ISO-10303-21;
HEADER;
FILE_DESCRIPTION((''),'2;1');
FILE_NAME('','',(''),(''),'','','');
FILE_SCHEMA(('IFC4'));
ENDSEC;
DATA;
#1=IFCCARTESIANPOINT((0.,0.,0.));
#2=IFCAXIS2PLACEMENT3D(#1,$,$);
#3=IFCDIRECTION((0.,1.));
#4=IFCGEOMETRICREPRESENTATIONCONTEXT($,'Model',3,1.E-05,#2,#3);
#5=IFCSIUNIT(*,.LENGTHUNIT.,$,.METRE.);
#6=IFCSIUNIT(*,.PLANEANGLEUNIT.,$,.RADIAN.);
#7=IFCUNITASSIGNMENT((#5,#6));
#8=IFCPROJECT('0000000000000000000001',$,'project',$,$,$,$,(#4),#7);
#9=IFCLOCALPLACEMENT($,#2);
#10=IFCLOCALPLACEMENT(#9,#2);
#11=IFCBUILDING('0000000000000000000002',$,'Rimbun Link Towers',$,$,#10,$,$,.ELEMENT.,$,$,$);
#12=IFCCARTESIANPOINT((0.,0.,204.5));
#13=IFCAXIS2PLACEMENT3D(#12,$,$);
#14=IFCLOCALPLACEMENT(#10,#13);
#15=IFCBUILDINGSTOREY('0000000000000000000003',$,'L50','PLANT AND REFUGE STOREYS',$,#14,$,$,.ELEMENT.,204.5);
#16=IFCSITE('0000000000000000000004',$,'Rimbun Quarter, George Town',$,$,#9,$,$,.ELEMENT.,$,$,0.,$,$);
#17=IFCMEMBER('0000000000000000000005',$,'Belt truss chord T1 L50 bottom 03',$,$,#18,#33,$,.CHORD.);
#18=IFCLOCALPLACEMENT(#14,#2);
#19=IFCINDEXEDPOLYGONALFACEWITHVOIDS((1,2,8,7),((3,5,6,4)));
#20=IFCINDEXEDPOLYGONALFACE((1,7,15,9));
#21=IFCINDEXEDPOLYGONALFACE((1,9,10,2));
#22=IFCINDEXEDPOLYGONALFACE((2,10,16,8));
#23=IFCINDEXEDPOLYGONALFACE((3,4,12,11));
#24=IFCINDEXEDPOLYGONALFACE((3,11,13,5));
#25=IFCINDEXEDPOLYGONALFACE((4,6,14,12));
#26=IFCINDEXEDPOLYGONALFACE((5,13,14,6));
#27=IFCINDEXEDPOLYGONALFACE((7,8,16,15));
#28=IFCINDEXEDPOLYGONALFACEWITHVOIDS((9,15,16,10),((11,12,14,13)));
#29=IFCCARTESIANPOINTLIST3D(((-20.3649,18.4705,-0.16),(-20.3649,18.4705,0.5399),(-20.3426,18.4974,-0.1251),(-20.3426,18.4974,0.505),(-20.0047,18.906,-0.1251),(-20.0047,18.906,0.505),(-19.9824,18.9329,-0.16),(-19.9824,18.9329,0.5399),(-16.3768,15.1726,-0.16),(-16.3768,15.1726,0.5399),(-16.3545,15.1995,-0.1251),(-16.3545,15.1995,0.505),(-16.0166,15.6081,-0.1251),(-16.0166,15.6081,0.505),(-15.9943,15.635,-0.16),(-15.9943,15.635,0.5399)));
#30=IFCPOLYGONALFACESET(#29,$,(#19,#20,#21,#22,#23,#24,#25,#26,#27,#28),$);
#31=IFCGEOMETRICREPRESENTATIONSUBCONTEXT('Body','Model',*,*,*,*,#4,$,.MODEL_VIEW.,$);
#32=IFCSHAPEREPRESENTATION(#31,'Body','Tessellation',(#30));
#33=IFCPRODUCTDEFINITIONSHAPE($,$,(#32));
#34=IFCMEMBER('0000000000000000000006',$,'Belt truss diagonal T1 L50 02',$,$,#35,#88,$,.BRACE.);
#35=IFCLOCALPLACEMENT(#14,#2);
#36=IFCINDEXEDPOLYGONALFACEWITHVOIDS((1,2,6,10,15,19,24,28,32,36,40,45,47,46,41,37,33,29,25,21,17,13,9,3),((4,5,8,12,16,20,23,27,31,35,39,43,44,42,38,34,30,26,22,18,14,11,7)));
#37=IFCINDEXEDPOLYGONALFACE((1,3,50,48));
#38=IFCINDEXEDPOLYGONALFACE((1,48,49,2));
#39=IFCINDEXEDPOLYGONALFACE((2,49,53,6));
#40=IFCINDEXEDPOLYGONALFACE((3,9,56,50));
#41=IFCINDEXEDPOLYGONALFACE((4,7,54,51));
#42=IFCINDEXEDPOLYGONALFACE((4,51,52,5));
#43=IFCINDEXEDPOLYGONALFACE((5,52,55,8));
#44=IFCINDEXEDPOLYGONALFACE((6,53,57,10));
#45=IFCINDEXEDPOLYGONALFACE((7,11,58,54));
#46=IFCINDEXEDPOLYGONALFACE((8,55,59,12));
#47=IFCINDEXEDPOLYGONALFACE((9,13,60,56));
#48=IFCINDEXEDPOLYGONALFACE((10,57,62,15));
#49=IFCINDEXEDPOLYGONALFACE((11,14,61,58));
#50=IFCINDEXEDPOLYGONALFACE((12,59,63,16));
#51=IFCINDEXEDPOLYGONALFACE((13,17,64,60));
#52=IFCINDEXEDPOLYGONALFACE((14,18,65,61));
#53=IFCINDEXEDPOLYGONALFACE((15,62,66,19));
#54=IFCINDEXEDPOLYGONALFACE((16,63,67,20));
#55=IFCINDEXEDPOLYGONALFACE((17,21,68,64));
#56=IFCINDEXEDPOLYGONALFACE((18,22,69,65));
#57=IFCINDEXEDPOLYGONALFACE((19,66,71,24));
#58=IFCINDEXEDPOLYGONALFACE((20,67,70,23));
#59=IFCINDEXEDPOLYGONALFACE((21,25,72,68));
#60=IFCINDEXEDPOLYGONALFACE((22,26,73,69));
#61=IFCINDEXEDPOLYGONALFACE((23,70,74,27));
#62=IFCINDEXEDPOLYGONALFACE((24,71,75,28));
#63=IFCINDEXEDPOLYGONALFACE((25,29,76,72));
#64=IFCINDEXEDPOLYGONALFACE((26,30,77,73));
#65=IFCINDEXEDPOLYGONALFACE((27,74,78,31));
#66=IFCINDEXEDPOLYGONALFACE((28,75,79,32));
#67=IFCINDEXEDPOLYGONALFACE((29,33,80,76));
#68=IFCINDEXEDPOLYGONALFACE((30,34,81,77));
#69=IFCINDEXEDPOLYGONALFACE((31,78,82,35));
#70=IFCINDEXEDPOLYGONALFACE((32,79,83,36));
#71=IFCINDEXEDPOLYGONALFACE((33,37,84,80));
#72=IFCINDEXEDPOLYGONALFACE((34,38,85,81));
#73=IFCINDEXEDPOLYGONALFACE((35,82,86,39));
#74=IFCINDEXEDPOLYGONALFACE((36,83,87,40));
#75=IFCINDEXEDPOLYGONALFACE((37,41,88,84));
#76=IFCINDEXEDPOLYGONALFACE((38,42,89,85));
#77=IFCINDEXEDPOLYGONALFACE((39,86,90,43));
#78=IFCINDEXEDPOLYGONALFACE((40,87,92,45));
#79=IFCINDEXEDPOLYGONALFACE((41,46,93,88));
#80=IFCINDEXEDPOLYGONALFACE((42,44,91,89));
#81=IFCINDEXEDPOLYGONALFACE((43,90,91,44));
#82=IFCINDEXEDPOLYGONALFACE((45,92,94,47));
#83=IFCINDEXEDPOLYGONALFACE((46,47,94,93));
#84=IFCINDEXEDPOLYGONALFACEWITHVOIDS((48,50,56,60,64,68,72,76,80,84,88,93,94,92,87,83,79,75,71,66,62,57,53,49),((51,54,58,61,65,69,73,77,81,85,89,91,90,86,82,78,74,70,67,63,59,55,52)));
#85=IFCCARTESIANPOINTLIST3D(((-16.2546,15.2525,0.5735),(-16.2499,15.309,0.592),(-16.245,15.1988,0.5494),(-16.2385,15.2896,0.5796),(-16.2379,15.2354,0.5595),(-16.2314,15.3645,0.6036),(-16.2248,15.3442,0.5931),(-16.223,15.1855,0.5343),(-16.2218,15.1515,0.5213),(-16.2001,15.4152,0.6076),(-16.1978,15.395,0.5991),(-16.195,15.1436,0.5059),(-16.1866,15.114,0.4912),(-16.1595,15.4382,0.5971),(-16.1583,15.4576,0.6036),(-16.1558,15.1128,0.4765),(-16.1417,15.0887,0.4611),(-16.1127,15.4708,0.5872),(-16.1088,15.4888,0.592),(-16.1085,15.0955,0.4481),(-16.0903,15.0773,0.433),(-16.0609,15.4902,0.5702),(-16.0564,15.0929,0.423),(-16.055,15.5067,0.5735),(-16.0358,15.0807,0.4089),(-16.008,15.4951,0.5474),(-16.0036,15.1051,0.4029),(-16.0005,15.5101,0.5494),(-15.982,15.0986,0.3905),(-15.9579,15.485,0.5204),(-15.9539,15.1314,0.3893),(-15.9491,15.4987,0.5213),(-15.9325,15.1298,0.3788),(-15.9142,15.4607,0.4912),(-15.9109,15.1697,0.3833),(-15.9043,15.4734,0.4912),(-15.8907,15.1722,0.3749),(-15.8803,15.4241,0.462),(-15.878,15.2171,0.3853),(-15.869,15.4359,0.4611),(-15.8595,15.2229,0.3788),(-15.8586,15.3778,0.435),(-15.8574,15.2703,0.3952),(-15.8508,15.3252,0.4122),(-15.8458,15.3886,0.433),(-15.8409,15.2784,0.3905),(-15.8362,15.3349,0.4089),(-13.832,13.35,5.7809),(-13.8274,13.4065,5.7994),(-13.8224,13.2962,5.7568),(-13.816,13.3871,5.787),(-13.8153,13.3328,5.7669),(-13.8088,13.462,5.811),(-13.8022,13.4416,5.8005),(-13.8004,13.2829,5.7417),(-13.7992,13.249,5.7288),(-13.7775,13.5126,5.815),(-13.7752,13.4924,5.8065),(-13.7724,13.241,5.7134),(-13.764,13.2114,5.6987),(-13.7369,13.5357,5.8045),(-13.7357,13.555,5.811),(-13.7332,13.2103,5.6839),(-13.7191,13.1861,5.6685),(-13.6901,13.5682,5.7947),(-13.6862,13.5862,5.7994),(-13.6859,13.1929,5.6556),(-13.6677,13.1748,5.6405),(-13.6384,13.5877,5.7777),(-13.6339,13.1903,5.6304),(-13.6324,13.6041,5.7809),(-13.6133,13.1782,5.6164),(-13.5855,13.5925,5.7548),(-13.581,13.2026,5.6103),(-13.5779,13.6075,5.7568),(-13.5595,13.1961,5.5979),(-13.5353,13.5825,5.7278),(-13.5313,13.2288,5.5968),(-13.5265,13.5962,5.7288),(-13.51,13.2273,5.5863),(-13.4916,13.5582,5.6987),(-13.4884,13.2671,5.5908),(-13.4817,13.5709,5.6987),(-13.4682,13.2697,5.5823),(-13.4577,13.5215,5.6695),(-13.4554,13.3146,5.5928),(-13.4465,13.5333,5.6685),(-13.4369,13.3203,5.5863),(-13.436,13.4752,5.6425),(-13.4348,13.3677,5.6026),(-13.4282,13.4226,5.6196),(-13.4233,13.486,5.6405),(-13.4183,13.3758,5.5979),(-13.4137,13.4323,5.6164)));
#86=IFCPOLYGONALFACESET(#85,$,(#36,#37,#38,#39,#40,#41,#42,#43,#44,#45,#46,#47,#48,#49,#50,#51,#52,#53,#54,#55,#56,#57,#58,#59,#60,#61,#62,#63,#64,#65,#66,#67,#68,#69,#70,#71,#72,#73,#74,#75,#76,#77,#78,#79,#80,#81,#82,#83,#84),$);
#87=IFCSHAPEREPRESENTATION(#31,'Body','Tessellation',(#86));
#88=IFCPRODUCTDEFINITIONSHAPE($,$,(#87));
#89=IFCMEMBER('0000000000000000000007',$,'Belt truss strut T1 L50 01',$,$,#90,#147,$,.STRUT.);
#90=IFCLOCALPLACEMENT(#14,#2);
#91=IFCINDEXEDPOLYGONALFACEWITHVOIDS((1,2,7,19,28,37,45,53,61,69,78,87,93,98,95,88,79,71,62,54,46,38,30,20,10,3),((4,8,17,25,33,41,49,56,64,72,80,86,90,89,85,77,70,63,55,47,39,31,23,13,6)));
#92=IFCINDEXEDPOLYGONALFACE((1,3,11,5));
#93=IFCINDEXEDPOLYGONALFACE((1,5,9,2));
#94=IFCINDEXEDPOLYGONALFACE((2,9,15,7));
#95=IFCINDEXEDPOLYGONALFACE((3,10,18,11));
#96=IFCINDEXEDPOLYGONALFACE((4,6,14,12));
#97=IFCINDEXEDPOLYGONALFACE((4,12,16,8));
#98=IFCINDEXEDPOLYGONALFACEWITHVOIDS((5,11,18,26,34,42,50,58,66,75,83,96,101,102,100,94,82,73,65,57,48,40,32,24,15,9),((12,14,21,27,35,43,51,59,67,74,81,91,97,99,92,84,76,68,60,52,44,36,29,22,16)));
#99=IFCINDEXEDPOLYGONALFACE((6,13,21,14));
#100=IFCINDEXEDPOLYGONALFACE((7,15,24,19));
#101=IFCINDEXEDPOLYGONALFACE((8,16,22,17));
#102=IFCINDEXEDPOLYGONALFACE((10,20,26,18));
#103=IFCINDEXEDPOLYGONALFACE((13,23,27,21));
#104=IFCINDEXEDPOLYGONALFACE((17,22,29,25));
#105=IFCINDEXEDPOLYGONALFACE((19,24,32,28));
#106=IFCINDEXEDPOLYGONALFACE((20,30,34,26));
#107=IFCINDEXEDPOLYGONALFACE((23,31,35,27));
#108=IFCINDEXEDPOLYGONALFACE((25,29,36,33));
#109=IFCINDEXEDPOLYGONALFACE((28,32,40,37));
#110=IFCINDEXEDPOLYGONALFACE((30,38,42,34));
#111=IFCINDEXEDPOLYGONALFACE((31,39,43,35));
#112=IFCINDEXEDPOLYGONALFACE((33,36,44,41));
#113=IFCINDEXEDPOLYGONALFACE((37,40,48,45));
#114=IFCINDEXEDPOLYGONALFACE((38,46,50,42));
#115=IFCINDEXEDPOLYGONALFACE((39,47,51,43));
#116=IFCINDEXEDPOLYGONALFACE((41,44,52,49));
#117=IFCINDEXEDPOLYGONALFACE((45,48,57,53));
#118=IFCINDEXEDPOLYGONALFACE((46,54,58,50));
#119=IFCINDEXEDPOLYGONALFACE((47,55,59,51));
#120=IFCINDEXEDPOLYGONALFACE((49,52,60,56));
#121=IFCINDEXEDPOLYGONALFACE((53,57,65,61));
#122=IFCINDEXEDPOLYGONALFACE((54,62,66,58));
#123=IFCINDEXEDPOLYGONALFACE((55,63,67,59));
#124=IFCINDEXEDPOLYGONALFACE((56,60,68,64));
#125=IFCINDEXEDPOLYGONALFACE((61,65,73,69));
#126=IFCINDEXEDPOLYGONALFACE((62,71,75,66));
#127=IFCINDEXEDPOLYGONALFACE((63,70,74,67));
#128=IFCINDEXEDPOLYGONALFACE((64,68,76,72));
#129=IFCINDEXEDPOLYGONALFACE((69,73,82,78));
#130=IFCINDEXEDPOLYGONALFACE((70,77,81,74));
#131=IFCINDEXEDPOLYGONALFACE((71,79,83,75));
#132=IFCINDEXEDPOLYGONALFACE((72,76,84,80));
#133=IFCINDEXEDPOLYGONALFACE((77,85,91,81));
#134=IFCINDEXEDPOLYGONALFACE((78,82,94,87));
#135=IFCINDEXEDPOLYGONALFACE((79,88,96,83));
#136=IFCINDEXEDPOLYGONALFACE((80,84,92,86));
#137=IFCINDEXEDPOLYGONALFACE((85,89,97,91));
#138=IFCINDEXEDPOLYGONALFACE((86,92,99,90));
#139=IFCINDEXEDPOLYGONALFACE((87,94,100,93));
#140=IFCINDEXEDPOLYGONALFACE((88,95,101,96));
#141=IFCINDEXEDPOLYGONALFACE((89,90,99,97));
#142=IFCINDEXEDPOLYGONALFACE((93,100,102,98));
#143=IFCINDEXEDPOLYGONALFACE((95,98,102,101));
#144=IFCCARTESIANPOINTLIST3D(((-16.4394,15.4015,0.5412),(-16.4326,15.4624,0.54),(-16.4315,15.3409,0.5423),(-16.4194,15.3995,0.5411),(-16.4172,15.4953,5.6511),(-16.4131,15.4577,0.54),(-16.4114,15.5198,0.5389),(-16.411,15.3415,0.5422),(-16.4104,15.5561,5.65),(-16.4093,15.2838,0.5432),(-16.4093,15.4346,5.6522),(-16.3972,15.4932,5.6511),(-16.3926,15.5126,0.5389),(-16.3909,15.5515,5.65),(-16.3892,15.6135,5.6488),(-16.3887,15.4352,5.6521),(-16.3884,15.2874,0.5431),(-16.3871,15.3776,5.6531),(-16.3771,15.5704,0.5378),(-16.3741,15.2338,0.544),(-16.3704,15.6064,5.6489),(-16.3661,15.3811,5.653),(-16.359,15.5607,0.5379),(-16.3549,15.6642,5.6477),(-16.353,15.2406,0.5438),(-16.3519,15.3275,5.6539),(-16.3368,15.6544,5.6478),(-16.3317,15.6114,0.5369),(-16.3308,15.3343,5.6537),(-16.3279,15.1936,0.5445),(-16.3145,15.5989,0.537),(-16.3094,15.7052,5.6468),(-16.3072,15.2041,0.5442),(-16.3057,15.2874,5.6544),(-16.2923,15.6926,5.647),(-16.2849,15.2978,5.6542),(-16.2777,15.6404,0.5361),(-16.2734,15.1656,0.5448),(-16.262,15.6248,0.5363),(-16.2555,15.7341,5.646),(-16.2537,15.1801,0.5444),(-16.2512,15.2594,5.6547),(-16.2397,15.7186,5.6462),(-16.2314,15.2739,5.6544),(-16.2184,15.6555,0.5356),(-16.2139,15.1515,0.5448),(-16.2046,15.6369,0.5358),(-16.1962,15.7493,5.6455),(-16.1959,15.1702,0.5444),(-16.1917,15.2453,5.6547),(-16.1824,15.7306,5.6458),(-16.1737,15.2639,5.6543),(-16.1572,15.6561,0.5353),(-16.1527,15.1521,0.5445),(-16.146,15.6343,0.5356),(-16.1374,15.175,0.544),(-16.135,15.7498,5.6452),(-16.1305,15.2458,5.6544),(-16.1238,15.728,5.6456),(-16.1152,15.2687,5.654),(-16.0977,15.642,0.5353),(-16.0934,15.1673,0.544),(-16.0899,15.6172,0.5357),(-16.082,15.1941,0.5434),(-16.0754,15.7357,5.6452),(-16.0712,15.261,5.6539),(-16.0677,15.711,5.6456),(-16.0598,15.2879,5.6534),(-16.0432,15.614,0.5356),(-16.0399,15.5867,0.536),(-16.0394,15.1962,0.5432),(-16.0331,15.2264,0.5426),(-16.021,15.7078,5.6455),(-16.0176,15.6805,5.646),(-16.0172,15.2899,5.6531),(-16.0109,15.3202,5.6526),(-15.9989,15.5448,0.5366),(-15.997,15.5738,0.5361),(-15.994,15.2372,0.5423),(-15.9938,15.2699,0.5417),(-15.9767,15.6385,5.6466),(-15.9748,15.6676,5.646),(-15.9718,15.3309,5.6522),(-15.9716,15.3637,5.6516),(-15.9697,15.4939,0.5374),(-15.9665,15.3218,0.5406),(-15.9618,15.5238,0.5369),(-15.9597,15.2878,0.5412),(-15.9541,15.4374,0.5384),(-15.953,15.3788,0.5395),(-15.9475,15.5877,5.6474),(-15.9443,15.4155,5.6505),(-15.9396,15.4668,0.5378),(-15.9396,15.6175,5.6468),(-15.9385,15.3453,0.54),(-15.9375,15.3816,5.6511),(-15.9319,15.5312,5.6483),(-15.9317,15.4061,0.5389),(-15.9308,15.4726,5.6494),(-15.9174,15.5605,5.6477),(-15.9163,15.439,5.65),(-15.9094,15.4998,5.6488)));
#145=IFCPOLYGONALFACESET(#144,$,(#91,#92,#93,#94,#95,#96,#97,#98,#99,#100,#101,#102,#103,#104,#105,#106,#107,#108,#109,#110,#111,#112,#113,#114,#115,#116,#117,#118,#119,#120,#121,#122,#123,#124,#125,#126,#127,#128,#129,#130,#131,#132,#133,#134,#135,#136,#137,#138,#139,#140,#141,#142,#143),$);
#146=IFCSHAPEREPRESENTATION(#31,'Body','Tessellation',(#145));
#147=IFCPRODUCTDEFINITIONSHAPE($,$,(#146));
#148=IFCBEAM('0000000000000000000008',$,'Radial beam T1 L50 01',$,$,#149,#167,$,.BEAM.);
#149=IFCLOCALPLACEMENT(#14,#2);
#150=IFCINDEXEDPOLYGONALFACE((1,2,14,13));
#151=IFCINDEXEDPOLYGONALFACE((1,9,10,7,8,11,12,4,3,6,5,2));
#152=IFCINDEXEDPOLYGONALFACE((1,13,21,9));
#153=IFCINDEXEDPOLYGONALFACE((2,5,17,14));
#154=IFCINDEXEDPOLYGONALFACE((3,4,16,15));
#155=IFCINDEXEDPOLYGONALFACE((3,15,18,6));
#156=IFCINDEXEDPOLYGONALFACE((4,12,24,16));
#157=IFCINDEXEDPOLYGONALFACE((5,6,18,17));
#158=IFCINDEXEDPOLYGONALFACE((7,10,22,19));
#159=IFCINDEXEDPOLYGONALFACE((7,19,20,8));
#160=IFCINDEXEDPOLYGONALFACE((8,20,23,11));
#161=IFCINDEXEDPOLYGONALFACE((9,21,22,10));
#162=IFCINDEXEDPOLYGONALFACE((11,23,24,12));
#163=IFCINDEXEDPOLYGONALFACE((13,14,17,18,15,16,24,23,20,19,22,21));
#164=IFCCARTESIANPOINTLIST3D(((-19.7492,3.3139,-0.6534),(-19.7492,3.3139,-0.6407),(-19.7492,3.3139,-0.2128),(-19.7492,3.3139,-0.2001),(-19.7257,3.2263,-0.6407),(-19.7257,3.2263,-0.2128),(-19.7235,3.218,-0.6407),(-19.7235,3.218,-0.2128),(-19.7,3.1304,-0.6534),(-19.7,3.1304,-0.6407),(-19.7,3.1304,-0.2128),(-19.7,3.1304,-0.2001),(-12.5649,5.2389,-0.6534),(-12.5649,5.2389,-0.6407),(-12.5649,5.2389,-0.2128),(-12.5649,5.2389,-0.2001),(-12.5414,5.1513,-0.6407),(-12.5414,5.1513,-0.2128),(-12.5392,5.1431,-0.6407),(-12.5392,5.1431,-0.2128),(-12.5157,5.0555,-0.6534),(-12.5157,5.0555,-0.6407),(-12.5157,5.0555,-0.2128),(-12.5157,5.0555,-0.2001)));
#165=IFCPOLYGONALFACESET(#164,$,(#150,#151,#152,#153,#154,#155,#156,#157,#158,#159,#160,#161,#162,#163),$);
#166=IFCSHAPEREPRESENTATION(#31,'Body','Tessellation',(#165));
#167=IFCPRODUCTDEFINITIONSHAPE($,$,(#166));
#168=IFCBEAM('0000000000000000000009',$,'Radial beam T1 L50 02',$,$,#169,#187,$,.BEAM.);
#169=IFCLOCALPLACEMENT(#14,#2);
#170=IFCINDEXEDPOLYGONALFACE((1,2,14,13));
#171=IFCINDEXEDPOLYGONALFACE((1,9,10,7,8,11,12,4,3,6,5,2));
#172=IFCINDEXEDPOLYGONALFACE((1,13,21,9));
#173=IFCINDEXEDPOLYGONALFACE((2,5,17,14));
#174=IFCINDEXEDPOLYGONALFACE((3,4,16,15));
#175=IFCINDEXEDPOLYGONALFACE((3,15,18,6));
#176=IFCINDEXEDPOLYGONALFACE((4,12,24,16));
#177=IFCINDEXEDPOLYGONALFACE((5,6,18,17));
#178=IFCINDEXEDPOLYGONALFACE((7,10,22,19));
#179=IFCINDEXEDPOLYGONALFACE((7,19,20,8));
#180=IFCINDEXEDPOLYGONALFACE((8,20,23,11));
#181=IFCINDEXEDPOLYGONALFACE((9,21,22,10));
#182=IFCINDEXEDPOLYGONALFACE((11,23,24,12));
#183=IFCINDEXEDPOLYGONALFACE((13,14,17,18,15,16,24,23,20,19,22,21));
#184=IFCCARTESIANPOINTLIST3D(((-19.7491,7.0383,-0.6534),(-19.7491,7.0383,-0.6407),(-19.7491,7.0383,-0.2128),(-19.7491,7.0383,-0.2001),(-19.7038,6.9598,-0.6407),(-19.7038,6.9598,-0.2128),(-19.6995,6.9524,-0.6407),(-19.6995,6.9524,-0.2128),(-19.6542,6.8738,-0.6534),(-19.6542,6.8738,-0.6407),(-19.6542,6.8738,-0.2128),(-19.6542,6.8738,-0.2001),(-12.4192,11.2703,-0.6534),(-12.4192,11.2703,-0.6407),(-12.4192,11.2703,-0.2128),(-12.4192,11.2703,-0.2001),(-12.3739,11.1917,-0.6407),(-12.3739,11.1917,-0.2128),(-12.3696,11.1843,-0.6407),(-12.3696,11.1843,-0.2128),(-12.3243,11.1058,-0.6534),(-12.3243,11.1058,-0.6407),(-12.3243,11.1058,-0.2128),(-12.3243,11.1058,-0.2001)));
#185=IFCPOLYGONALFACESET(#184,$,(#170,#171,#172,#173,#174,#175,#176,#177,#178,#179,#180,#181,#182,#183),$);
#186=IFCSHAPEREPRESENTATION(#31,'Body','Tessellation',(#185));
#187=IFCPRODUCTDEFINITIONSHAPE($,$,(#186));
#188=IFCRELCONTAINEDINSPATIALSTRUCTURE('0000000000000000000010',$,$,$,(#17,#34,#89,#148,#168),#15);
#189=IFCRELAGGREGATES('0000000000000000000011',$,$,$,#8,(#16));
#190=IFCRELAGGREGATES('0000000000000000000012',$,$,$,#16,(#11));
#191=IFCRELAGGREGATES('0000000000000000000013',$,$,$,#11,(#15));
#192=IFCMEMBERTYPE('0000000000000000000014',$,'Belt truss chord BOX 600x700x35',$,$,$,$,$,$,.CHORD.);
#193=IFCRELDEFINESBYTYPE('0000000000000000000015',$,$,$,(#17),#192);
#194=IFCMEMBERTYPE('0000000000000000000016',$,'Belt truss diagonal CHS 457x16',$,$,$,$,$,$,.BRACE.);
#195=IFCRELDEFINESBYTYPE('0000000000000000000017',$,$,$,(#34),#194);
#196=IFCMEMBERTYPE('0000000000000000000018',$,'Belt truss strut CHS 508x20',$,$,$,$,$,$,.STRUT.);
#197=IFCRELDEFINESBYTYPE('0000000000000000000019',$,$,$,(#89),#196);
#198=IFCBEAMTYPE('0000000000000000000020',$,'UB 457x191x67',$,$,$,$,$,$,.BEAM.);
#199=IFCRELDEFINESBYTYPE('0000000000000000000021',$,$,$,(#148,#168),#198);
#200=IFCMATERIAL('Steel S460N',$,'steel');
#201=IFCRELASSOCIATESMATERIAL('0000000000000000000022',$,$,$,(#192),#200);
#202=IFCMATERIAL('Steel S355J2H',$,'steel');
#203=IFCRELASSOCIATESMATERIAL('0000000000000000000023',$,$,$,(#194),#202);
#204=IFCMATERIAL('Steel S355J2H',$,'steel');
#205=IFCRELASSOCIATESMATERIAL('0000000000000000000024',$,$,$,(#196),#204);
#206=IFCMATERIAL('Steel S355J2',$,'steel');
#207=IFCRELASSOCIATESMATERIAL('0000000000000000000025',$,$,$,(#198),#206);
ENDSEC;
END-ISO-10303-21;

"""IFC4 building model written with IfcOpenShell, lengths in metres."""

from ifc_helpers import new_model, si_unit, direction, frame, origin, origin_2d, place, context, subcontext, project, spatial, hollow_rectangle, hollow_circle, i_section, extrude, material, material_profile, profile_set, type_object, element, save


model = new_model("IFC4")

# Units and contexts
model_context = context("Model", 3, precision=1e-05, world=origin(), true_north=direction((0.0, 1.0)))
body_context = subcontext(model_context, "Body", "Model", "MODEL_VIEW")
ifc_project = project(units=[si_unit("LENGTHUNIT", "METRE"), si_unit("PLANEANGLEUNIT", "RADIAN")], contexts=[model_context])

# Site, building, storey
site_placement = place(None, origin())
site = spatial("IfcSite", under=ifc_project, at=site_placement, Name="Rimbun Quarter, George Town", CompositionType="ELEMENT", RefElevation=0.0)
building_placement = place(site_placement, origin())
building = spatial("IfcBuilding", under=site, at=building_placement, Name="Rimbun Link Towers", CompositionType="ELEMENT")
storey_placement = place(building_placement, frame((0.0, 0.0, 204.5)))
storey = spatial("IfcBuildingStorey", under=building, at=storey_placement, Name="L50", Description="PLANT AND REFUGE STOREYS", CompositionType="ELEMENT", Elevation=204.5)

# Members
ifc_material_1 = material(Name="Steel S460N", Category="steel")
ifc_material_profile_1 = material_profile(ifc_material_1, hollow_rectangle(XDim=0.6001, YDim=0.7, WallThickness=0.0349, at=origin_2d()), Name="Belt truss chord BOX 600x700x35")
ifc_profile_set_1 = profile_set([ifc_material_profile_1], Name="Steel S460N")
member_type_1 = type_object("IfcMemberType", Name="Belt truss chord BOX 600x700x35", PredefinedType="CHORD", material=ifc_profile_set_1)
member_1_placement = place(storey_placement, frame((-16.1855, 15.4038, 0.1899), z_axis=(-0.77064, 0.63727, 0.0), x_axis=(-0.63727, -0.77064, 0.0)))
element("IfcMember", 1, at=member_1_placement, inside=storey, type_object=member_type_1, Name="Belt truss chord T1 L50 bottom 03", PredefinedType="CHORD", context=body_context, shape_type="SweptSolid", body=[
    extrude(hollow_rectangle(XDim=0.6001, YDim=0.7, WallThickness=0.0349, at=origin_2d()), origin(), (0.0, 0.0, 1.0), 5.175),
])
ifc_material_2 = material(Name="Steel S355J2H", Category="steel")
ifc_material_profile_2 = material_profile(ifc_material_2, hollow_circle(Radius=0.2285, WallThickness=0.0161, at=origin_2d()), Name="Belt truss diagonal CHS 457x16")
ifc_profile_set_2 = profile_set([ifc_material_profile_2], Name="Steel S355J2H")
member_type_2 = type_object("IfcMemberType", Name="Belt truss diagonal CHS 457x16", PredefinedType="BRACE", material=ifc_profile_set_2)
member_2_placement = place(storey_placement, frame((-16.0454, 15.2937, 0.4912), z_axis=(0.400406, -0.314457, 0.860693), x_axis=(0.617643, 0.786459, 0.0)))
element("IfcMember", 2, at=member_2_placement, inside=storey, type_object=member_type_2, Name="Belt truss diagonal T1 L50 02", PredefinedType="BRACE", context=body_context, shape_type="SweptSolid", body=[
    extrude(hollow_circle(Radius=0.2285, WallThickness=0.0161, at=origin_2d()), origin(), (0.0, 0.0, 1.0), 6.0503),
])
ifc_material_3 = material(Name="Steel S355J2H", Category="steel")
ifc_material_profile_3 = material_profile(ifc_material_3, hollow_circle(Radius=0.2539, WallThickness=0.02, at=origin_2d()), Name="Belt truss strut CHS 508x20")
ifc_profile_set_3 = profile_set([ifc_material_profile_3], Name="Steel S355J2H")
member_type_3 = type_object("IfcMemberType", Name="Belt truss strut CHS 508x20", PredefinedType="STRUT", material=ifc_profile_set_3)
member_3_placement = place(storey_placement, frame((-16.1855, 15.4038, 0.54), z_axis=(0.004347, 0.018344, 0.999822), x_axis=(-0.97305, 0.230593, 0.0)))
element("IfcMember", 3, at=member_3_placement, inside=storey, type_object=member_type_3, Name="Belt truss strut T1 L50 01", PredefinedType="STRUT", context=body_context, shape_type="SweptSolid", body=[
    extrude(hollow_circle(Radius=0.2539, WallThickness=0.02, at=origin_2d()), origin(), (0.0, 0.0, 1.0), 5.1108),
])

# Beams
ifc_material_4 = material(Name="Steel S355J2", Category="steel")
ifc_material_profile_4 = material_profile(ifc_material_4, i_section(OverallWidth=0.1899, OverallDepth=0.4534, WebThickness=0.0085, FlangeThickness=0.0127, at=origin_2d()), Name="UB 457x191x67")
ifc_profile_set_4 = profile_set([ifc_material_profile_4], Name="Steel S355J2")
beam_type_1 = type_object("IfcBeamType", Name="UB 457x191x67", PredefinedType="BEAM", material=ifc_profile_set_4)
beam_1_placement = place(storey_placement, frame((-19.7246, 3.2222, -0.4268), z_axis=(0.965925, 0.258821, 0.0), x_axis=(-0.258821, 0.965925, 0.0)))
element("IfcBeam", 4, at=beam_1_placement, inside=storey, type_object=beam_type_1, Name="Radial beam T1 L50 01", PredefinedType="BEAM", context=body_context, shape_type="SweptSolid", body=[
    extrude(i_section(OverallWidth=0.1899, OverallDepth=0.4534, WebThickness=0.0085, FlangeThickness=0.0127, at=origin_2d()), origin(), (0.0, 0.0, 1.0), 7.4377),
])
beam_2_placement = place(storey_placement, frame((-19.7017, 6.9561, -0.4268), z_axis=(0.866023, 0.500005, 0.0), x_axis=(-0.500005, 0.866023, 0.0)))
element("IfcBeam", 5, at=beam_2_placement, inside=storey, type_object=beam_type_1, Name="Radial beam T1 L50 02", PredefinedType="BEAM", context=body_context, shape_type="SweptSolid", body=[
    extrude(i_section(OverallWidth=0.1899, OverallDepth=0.4534, WebThickness=0.0085, FlangeThickness=0.0127, at=origin_2d()), origin(), (0.0, 0.0, 1.0), 8.4639),
])

save(model, "model.ifc")
